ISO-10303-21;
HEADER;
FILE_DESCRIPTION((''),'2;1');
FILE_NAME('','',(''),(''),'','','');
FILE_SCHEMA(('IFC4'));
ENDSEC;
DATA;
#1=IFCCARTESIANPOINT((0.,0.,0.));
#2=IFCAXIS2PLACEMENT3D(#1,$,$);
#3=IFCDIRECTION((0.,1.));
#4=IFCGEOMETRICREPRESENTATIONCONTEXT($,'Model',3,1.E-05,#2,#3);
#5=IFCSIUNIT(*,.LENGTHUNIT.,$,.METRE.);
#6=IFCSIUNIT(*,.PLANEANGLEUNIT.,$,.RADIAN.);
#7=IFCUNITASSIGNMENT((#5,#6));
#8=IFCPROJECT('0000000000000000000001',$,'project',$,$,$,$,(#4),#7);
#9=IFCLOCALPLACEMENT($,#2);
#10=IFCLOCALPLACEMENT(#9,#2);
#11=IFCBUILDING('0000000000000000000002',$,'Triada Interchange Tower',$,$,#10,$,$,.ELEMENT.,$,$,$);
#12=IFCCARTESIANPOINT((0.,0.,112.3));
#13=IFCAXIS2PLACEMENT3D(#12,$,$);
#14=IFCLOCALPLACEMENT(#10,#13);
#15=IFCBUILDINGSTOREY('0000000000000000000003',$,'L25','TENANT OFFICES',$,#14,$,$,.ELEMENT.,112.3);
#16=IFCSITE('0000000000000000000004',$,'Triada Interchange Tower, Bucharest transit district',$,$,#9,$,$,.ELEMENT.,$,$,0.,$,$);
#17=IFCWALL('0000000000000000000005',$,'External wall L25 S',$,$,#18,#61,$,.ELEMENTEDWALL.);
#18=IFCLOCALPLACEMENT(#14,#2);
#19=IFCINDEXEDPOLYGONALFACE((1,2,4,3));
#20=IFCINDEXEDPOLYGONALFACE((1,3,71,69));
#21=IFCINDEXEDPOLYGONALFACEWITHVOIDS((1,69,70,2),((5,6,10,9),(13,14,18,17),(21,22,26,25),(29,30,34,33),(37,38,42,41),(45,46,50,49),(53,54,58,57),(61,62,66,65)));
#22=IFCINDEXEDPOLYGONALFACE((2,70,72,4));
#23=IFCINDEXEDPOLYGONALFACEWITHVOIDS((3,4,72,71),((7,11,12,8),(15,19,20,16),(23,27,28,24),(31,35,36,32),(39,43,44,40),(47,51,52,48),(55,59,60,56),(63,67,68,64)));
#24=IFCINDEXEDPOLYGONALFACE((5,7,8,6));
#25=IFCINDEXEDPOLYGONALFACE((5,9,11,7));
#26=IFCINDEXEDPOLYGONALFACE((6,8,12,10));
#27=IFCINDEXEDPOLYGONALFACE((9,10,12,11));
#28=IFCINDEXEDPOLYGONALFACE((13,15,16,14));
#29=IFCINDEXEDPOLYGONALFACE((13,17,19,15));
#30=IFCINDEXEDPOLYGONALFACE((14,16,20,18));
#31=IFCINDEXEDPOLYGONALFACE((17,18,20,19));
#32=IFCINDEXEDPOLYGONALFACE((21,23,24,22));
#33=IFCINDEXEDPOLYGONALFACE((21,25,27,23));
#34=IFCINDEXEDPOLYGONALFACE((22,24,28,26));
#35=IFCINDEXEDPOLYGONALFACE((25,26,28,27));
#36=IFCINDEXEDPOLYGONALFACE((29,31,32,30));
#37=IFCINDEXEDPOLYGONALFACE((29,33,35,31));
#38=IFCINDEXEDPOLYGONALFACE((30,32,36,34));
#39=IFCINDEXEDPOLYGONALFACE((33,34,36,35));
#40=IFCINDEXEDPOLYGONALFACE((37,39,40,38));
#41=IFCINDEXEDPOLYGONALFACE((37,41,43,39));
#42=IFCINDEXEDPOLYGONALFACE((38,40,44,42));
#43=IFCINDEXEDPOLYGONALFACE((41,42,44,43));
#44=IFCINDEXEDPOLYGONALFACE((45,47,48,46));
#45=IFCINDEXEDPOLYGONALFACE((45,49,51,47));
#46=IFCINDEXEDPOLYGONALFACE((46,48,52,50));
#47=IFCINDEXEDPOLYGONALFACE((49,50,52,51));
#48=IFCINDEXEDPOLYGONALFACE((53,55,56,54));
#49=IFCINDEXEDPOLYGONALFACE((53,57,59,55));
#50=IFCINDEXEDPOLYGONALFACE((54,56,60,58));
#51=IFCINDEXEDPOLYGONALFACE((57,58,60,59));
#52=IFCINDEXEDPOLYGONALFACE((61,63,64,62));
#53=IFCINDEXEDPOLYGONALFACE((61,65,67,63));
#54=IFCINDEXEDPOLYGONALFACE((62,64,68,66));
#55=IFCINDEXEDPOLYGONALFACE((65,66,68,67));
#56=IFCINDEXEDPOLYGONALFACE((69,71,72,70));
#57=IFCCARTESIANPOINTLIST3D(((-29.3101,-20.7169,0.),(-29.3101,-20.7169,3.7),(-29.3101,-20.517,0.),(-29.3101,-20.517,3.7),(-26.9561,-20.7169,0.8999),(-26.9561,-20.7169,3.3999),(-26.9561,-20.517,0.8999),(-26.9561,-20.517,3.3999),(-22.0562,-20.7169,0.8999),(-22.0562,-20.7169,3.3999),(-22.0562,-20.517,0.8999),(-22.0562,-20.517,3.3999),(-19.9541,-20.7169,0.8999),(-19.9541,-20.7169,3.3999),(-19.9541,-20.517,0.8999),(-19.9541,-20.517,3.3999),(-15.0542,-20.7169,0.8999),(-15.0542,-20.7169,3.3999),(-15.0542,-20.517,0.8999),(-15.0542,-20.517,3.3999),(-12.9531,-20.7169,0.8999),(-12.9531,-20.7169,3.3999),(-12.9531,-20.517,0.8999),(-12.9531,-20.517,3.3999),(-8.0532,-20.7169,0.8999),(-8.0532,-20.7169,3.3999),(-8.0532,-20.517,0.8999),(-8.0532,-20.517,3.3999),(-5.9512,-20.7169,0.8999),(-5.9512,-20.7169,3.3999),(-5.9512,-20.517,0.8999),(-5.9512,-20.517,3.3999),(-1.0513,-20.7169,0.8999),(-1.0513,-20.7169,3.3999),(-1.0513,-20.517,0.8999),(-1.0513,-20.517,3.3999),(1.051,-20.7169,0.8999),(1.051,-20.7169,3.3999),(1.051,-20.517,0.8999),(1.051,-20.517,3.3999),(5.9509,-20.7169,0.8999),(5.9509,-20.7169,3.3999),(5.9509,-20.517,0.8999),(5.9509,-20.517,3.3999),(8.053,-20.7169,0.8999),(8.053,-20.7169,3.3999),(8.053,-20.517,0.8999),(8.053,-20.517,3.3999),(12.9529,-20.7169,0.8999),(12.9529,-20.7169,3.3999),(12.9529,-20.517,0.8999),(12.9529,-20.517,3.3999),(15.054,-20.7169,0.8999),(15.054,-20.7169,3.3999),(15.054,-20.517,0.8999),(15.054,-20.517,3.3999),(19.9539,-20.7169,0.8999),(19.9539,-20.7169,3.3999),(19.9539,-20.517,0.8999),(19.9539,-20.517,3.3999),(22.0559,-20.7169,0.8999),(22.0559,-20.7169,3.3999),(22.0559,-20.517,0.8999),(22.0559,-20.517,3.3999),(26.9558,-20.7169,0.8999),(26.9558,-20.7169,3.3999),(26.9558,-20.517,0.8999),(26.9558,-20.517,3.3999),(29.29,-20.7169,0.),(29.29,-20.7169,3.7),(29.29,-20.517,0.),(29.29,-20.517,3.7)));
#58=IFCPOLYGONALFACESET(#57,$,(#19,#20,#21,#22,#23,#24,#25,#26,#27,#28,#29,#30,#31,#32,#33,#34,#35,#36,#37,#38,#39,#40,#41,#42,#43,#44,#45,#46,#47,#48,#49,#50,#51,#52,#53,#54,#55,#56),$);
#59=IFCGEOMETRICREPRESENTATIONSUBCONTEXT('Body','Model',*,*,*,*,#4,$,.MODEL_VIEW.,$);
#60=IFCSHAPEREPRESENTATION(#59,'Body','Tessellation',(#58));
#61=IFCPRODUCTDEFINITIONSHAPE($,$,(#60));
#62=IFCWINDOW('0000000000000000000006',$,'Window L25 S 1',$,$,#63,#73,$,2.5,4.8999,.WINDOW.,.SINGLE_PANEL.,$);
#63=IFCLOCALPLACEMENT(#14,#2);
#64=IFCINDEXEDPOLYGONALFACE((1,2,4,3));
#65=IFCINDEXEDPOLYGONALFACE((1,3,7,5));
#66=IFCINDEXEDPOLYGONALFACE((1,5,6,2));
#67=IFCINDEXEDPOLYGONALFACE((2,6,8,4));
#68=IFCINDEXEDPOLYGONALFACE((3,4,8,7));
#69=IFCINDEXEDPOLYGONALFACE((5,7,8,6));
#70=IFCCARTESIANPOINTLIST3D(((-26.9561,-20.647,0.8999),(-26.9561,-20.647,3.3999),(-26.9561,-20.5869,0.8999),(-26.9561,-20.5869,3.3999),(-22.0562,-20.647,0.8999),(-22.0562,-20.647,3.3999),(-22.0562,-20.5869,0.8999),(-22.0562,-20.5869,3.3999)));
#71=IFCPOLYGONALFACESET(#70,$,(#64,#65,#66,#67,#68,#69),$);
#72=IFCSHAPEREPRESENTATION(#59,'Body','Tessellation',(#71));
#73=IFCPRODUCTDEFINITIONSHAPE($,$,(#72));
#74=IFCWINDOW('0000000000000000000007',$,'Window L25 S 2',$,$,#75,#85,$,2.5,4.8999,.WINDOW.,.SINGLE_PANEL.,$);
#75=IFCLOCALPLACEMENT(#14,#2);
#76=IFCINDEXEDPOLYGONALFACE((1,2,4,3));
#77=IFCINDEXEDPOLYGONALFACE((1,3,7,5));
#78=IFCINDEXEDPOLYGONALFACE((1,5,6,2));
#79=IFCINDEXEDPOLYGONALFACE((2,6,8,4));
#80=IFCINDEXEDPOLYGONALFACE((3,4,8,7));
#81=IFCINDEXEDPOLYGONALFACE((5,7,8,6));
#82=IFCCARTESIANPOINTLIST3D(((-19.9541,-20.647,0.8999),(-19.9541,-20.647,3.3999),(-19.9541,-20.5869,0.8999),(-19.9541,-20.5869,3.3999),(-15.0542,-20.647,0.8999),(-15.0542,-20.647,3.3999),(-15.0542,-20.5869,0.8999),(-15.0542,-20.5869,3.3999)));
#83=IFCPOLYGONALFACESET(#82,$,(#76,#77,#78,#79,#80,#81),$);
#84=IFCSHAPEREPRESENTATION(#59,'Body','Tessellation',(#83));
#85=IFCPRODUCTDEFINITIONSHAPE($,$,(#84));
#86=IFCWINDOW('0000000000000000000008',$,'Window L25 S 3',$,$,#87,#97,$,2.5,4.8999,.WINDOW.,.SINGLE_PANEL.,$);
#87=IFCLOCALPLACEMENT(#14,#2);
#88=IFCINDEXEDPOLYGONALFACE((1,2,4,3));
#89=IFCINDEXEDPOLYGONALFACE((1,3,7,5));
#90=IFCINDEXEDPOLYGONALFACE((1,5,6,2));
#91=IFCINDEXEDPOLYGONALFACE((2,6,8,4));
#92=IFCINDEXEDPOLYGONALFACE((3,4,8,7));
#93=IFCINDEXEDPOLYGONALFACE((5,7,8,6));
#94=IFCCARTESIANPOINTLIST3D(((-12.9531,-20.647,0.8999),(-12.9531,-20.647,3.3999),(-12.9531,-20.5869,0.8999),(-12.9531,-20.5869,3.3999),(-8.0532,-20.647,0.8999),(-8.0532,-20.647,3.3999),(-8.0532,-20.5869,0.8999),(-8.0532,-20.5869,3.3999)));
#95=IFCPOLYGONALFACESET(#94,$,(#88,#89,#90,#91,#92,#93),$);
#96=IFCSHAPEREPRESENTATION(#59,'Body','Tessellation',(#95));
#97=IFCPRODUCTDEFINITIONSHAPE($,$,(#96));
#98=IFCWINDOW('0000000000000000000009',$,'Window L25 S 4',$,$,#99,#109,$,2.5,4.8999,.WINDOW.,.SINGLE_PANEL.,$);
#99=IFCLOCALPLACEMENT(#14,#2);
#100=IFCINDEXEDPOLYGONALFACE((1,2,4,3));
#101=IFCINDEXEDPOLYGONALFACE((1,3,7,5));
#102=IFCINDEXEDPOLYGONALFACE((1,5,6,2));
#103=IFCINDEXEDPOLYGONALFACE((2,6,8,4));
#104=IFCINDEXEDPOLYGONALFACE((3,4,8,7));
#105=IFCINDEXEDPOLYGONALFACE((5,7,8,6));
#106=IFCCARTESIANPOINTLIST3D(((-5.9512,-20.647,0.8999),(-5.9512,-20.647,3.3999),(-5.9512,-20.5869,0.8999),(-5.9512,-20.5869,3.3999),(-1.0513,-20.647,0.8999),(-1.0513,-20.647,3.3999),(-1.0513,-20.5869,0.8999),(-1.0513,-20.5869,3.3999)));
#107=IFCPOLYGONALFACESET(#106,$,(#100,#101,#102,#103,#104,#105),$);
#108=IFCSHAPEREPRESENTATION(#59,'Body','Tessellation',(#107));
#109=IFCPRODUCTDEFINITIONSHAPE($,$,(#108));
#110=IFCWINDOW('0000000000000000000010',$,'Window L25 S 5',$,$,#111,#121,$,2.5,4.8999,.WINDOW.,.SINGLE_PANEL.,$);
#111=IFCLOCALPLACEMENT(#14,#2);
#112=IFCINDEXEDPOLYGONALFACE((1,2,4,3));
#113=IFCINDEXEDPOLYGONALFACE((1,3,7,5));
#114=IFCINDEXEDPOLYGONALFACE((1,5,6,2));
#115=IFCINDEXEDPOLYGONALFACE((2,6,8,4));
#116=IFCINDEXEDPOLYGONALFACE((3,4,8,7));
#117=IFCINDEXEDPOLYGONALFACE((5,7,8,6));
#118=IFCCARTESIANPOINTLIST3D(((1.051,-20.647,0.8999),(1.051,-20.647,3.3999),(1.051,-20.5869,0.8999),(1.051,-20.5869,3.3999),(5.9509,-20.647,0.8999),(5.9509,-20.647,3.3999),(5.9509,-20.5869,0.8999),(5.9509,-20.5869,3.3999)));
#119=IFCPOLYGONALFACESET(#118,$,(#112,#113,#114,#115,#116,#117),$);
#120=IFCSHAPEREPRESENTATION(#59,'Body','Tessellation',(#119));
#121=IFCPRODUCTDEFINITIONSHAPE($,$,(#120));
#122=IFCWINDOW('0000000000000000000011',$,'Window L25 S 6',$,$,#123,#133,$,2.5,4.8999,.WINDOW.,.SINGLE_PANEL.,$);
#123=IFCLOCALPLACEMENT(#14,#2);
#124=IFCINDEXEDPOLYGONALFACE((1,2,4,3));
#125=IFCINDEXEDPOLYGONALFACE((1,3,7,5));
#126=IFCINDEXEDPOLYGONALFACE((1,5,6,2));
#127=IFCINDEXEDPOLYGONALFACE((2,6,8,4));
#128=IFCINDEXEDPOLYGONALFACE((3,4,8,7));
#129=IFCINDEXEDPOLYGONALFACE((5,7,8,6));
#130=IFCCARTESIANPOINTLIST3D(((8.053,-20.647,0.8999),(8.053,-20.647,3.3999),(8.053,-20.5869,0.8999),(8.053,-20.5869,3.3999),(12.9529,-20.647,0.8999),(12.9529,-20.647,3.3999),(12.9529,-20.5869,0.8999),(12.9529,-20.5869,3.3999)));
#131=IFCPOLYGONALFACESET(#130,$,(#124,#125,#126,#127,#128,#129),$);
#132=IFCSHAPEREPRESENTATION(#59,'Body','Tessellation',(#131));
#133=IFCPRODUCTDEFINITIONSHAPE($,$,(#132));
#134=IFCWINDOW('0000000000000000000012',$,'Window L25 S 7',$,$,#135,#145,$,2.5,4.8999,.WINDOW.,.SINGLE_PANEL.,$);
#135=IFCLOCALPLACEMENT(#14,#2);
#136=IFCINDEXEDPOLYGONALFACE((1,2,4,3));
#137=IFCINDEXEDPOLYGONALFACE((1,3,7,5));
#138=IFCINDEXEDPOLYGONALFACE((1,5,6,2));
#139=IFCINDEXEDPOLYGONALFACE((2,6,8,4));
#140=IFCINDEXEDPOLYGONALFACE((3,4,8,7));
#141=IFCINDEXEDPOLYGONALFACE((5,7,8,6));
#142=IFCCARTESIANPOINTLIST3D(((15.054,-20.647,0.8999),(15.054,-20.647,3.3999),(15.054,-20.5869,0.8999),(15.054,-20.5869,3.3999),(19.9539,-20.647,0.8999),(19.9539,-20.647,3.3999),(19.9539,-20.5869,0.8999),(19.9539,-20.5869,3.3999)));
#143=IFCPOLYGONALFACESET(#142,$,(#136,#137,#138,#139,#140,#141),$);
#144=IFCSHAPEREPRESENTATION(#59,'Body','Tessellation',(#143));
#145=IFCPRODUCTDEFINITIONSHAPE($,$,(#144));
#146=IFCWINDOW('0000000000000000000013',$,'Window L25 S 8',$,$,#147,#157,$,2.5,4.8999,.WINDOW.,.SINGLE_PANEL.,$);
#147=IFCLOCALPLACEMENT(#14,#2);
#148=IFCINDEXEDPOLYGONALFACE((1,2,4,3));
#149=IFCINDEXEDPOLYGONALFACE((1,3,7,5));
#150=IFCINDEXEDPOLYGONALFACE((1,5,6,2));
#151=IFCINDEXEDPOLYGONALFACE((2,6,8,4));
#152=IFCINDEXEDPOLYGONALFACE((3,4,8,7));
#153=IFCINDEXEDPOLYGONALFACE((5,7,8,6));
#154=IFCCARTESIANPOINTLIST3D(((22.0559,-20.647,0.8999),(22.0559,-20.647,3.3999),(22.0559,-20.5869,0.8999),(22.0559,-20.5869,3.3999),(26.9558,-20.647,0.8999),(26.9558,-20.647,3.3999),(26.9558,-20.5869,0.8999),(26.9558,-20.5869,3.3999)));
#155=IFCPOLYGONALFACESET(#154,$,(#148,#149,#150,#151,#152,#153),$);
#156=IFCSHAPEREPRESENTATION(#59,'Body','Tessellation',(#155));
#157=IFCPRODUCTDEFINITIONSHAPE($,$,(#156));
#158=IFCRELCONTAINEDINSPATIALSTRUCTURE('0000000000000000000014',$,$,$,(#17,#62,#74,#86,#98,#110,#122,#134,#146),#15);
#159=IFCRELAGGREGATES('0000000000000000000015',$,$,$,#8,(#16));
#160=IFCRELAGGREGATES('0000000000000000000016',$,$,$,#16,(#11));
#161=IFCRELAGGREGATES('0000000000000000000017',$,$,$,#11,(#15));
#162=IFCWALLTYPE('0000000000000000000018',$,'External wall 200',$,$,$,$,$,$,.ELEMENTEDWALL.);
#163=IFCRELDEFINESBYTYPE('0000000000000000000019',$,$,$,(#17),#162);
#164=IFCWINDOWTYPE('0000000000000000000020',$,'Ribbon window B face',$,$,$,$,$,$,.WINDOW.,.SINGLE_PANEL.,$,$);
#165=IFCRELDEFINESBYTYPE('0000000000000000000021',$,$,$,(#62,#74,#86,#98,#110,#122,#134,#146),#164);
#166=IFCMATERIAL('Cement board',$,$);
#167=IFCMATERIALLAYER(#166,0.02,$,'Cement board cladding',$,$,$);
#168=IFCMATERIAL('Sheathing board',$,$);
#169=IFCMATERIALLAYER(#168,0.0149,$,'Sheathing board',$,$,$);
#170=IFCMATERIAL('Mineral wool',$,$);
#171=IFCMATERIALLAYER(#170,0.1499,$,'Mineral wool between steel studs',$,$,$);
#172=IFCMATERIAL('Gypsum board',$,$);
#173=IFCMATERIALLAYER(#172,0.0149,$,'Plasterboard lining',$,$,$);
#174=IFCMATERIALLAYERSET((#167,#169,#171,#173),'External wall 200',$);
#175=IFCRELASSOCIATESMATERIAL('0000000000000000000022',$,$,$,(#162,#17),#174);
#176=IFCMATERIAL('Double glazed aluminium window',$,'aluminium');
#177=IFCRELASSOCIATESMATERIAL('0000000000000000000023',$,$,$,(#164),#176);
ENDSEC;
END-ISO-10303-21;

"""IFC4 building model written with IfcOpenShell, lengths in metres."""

from ifc_helpers import new_model, si_unit, direction, frame, frame_2d, origin, place, context, subcontext, project, spatial, rectangle, extrude, material, layer, layer_set, layer_usage, type_object, element, fill, save


model = new_model("IFC4")

# Units and contexts
model_context = context("Model", 3, precision=1e-05, world=origin(), true_north=direction((0.0, 1.0)))
body_context = subcontext(model_context, "Body", "Model", "MODEL_VIEW")
ifc_project = project(units=[si_unit("LENGTHUNIT", "METRE"), si_unit("PLANEANGLEUNIT", "RADIAN")], contexts=[model_context])

# Site, building, storey
site_placement = place(None, origin())
site = spatial("IfcSite", under=ifc_project, at=site_placement, Name="Triada Interchange Tower, Bucharest transit district", CompositionType="ELEMENT", RefElevation=0.0)
building_placement = place(site_placement, origin())
building = spatial("IfcBuilding", under=site, at=building_placement, Name="Triada Interchange Tower", CompositionType="ELEMENT")
storey_placement = place(building_placement, frame((0.0, 0.0, 112.3)))
storey = spatial("IfcBuildingStorey", under=building, at=storey_placement, Name="L25", Description="TENANT OFFICES", CompositionType="ELEMENT", Elevation=112.3)

# Wall, openings, windows
ifc_material_1 = material(Name="Cement board")
ifc_layer_1 = layer(ifc_material_1, 0.02, Name="Cement board cladding")
ifc_material_2 = material(Name="Sheathing board")
ifc_layer_2 = layer(ifc_material_2, 0.0149, Name="Sheathing board")
ifc_material_3 = material(Name="Mineral wool")
ifc_layer_3 = layer(ifc_material_3, 0.1499, Name="Mineral wool between steel studs")
ifc_material_4 = material(Name="Gypsum board")
ifc_layer_4 = layer(ifc_material_4, 0.0149, Name="Plasterboard lining")
ifc_layer_set_1 = layer_set([ifc_layer_1, ifc_layer_2, ifc_layer_3, ifc_layer_4], Name="External wall 200")
ifc_layer_usage = layer_usage(ifc_layer_set_1, "AXIS2", "POSITIVE", -0.1001)
wall_type_1 = type_object("IfcWallType", Name="External wall 200", PredefinedType="ELEMENTEDWALL", material=ifc_layer_set_1)
wall_1_placement = place(storey_placement, frame((-29.3101, -20.6169, 0.0), z_axis=(0.0, 0.0, 1.0), x_axis=(1.0, 0.0, 0.0)))
wall_1 = element("IfcWall", 1, at=wall_1_placement, inside=storey, type_object=wall_type_1, material=ifc_layer_usage, Name="External wall L25 S", PredefinedType="ELEMENTEDWALL", context=body_context, shape_type="SweptSolid", body=[
    extrude(rectangle(XDim=58.6001, YDim=0.2, at=frame_2d((29.3, 0.0))), origin(), (0.0, 0.0, 1.0), 3.7),
])
opening_1_placement = place(wall_1_placement, frame((2.354, 0.0, 0.8999)))
opening_1 = element("IfcOpeningElement", 2, at=opening_1_placement, cuts=wall_1, PredefinedType="OPENING", context=body_context, shape_type="SweptSolid", body=[
    extrude(rectangle(XDim=4.8999, YDim=2.5, at=frame_2d((2.45, 1.25))), frame((0.0, 0.1099, 0.0), z_axis=(0.0, -1.0, 0.0), x_axis=(1.0, 0.0, 0.0)), (0.0, 0.0, 1.0), 0.22),
])
opening_2_placement = place(wall_1_placement, frame((9.356, 0.0, 0.8999)))
opening_2 = element("IfcOpeningElement", 3, at=opening_2_placement, cuts=wall_1, PredefinedType="OPENING", context=body_context, shape_type="SweptSolid", body=[
    extrude(rectangle(XDim=4.8999, YDim=2.5, at=frame_2d((2.45, 1.25))), frame((0.0, 0.1099, 0.0), z_axis=(0.0, -1.0, 0.0), x_axis=(1.0, 0.0, 0.0)), (0.0, 0.0, 1.0), 0.22),
])
opening_3_placement = place(wall_1_placement, frame((16.3569, 0.0, 0.8999)))
opening_3 = element("IfcOpeningElement", 4, at=opening_3_placement, cuts=wall_1, PredefinedType="OPENING", context=body_context, shape_type="SweptSolid", body=[
    extrude(rectangle(XDim=4.8999, YDim=2.5, at=frame_2d((2.45, 1.25))), frame((0.0, 0.1099, 0.0), z_axis=(0.0, -1.0, 0.0), x_axis=(1.0, 0.0, 0.0)), (0.0, 0.0, 1.0), 0.22),
])
opening_4_placement = place(wall_1_placement, frame((23.3589, 0.0, 0.8999)))
opening_4 = element("IfcOpeningElement", 5, at=opening_4_placement, cuts=wall_1, PredefinedType="OPENING", context=body_context, shape_type="SweptSolid", body=[
    extrude(rectangle(XDim=4.8999, YDim=2.5, at=frame_2d((2.45, 1.25))), frame((0.0, 0.1099, 0.0), z_axis=(0.0, -1.0, 0.0), x_axis=(1.0, 0.0, 0.0)), (0.0, 0.0, 1.0), 0.22),
])
opening_5_placement = place(wall_1_placement, frame((30.3611, 0.0, 0.8999)))
opening_5 = element("IfcOpeningElement", 6, at=opening_5_placement, cuts=wall_1, PredefinedType="OPENING", context=body_context, shape_type="SweptSolid", body=[
    extrude(rectangle(XDim=4.8999, YDim=2.5, at=frame_2d((2.45, 1.25))), frame((0.0, 0.1099, 0.0), z_axis=(0.0, -1.0, 0.0), x_axis=(1.0, 0.0, 0.0)), (0.0, 0.0, 1.0), 0.22),
])
opening_6_placement = place(wall_1_placement, frame((37.363, 0.0, 0.8999)))
opening_6 = element("IfcOpeningElement", 7, at=opening_6_placement, cuts=wall_1, PredefinedType="OPENING", context=body_context, shape_type="SweptSolid", body=[
    extrude(rectangle(XDim=4.8999, YDim=2.5, at=frame_2d((2.45, 1.25))), frame((0.0, 0.1099, 0.0), z_axis=(0.0, -1.0, 0.0), x_axis=(1.0, 0.0, 0.0)), (0.0, 0.0, 1.0), 0.22),
])
opening_7_placement = place(wall_1_placement, frame((44.364, 0.0, 0.8999)))
opening_7 = element("IfcOpeningElement", 8, at=opening_7_placement, cuts=wall_1, PredefinedType="OPENING", context=body_context, shape_type="SweptSolid", body=[
    extrude(rectangle(XDim=4.8999, YDim=2.5, at=frame_2d((2.45, 1.25))), frame((0.0, 0.1099, 0.0), z_axis=(0.0, -1.0, 0.0), x_axis=(1.0, 0.0, 0.0)), (0.0, 0.0, 1.0), 0.22),
])
opening_8_placement = place(wall_1_placement, frame((51.366, 0.0, 0.8999)))
opening_8 = element("IfcOpeningElement", 9, at=opening_8_placement, cuts=wall_1, PredefinedType="OPENING", context=body_context, shape_type="SweptSolid", body=[
    extrude(rectangle(XDim=4.8999, YDim=2.5, at=frame_2d((2.45, 1.25))), frame((0.0, 0.1099, 0.0), z_axis=(0.0, -1.0, 0.0), x_axis=(1.0, 0.0, 0.0)), (0.0, 0.0, 1.0), 0.22),
])
ifc_material_5 = material(Name="Double glazed aluminium window", Category="aluminium")
window_type = type_object("IfcWindowType", Name="Ribbon window B face", PartitioningType="SINGLE_PANEL", PredefinedType="WINDOW", material=ifc_material_5)
window_1_placement = place(opening_1_placement, origin())
window_1 = element("IfcWindow", 10, at=window_1_placement, inside=storey, type_object=window_type, Name="Window L25 S 1", OverallHeight=2.5, OverallWidth=4.8999, PartitioningType="SINGLE_PANEL", PredefinedType="WINDOW", context=body_context, shape_type="SweptSolid", body=[
    extrude(rectangle(XDim=4.8999, YDim=2.5, at=frame_2d((2.45, 1.25))), frame((0.0, 0.03, 0.0), z_axis=(0.0, -1.0, 0.0), x_axis=(1.0, 0.0, 0.0)), (0.0, 0.0, 1.0), 0.0601),
])
fill(opening_1, window_1)
window_2_placement = place(opening_2_placement, origin())
window_2 = element("IfcWindow", 11, at=window_2_placement, inside=storey, type_object=window_type, Name="Window L25 S 2", OverallHeight=2.5, OverallWidth=4.8999, PartitioningType="SINGLE_PANEL", PredefinedType="WINDOW", context=body_context, shape_type="SweptSolid", body=[
    extrude(rectangle(XDim=4.8999, YDim=2.5, at=frame_2d((2.45, 1.25))), frame((0.0, 0.03, 0.0), z_axis=(0.0, -1.0, 0.0), x_axis=(1.0, 0.0, 0.0)), (0.0, 0.0, 1.0), 0.0601),
])
fill(opening_2, window_2)
window_3_placement = place(opening_3_placement, origin())
window_3 = element("IfcWindow", 12, at=window_3_placement, inside=storey, type_object=window_type, Name="Window L25 S 3", OverallHeight=2.5, OverallWidth=4.8999, PartitioningType="SINGLE_PANEL", PredefinedType="WINDOW", context=body_context, shape_type="SweptSolid", body=[
    extrude(rectangle(XDim=4.8999, YDim=2.5, at=frame_2d((2.45, 1.25))), frame((0.0, 0.03, 0.0), z_axis=(0.0, -1.0, 0.0), x_axis=(1.0, 0.0, 0.0)), (0.0, 0.0, 1.0), 0.0601),
])
fill(opening_3, window_3)
window_4_placement = place(opening_4_placement, origin())
window_4 = element("IfcWindow", 13, at=window_4_placement, inside=storey, type_object=window_type, Name="Window L25 S 4", OverallHeight=2.5, OverallWidth=4.8999, PartitioningType="SINGLE_PANEL", PredefinedType="WINDOW", context=body_context, shape_type="SweptSolid", body=[
    extrude(rectangle(XDim=4.8999, YDim=2.5, at=frame_2d((2.45, 1.25))), frame((0.0, 0.03, 0.0), z_axis=(0.0, -1.0, 0.0), x_axis=(1.0, 0.0, 0.0)), (0.0, 0.0, 1.0), 0.0601),
])
fill(opening_4, window_4)
window_5_placement = place(opening_5_placement, origin())
window_5 = element("IfcWindow", 14, at=window_5_placement, inside=storey, type_object=window_type, Name="Window L25 S 5", OverallHeight=2.5, OverallWidth=4.8999, PartitioningType="SINGLE_PANEL", PredefinedType="WINDOW", context=body_context, shape_type="SweptSolid", body=[
    extrude(rectangle(XDim=4.8999, YDim=2.5, at=frame_2d((2.45, 1.25))), frame((0.0, 0.03, 0.0), z_axis=(0.0, -1.0, 0.0), x_axis=(1.0, 0.0, 0.0)), (0.0, 0.0, 1.0), 0.0601),
])
fill(opening_5, window_5)
window_6_placement = place(opening_6_placement, origin())
window_6 = element("IfcWindow", 15, at=window_6_placement, inside=storey, type_object=window_type, Name="Window L25 S 6", OverallHeight=2.5, OverallWidth=4.8999, PartitioningType="SINGLE_PANEL", PredefinedType="WINDOW", context=body_context, shape_type="SweptSolid", body=[
    extrude(rectangle(XDim=4.8999, YDim=2.5, at=frame_2d((2.45, 1.25))), frame((0.0, 0.03, 0.0), z_axis=(0.0, -1.0, 0.0), x_axis=(1.0, 0.0, 0.0)), (0.0, 0.0, 1.0), 0.0601),
])
fill(opening_6, window_6)
window_7_placement = place(opening_7_placement, origin())
window_7 = element("IfcWindow", 16, at=window_7_placement, inside=storey, type_object=window_type, Name="Window L25 S 7", OverallHeight=2.5, OverallWidth=4.8999, PartitioningType="SINGLE_PANEL", PredefinedType="WINDOW", context=body_context, shape_type="SweptSolid", body=[
    extrude(rectangle(XDim=4.8999, YDim=2.5, at=frame_2d((2.45, 1.25))), frame((0.0, 0.03, 0.0), z_axis=(0.0, -1.0, 0.0), x_axis=(1.0, 0.0, 0.0)), (0.0, 0.0, 1.0), 0.0601),
])
fill(opening_7, window_7)
window_8_placement = place(opening_8_placement, origin())
window_8 = element("IfcWindow", 17, at=window_8_placement, inside=storey, type_object=window_type, Name="Window L25 S 8", OverallHeight=2.5, OverallWidth=4.8999, PartitioningType="SINGLE_PANEL", PredefinedType="WINDOW", context=body_context, shape_type="SweptSolid", body=[
    extrude(rectangle(XDim=4.8999, YDim=2.5, at=frame_2d((2.45, 1.25))), frame((0.0, 0.03, 0.0), z_axis=(0.0, -1.0, 0.0), x_axis=(1.0, 0.0, 0.0)), (0.0, 0.0, 1.0), 0.0601),
])
fill(opening_8, window_8)

save(model, "model.ifc")
